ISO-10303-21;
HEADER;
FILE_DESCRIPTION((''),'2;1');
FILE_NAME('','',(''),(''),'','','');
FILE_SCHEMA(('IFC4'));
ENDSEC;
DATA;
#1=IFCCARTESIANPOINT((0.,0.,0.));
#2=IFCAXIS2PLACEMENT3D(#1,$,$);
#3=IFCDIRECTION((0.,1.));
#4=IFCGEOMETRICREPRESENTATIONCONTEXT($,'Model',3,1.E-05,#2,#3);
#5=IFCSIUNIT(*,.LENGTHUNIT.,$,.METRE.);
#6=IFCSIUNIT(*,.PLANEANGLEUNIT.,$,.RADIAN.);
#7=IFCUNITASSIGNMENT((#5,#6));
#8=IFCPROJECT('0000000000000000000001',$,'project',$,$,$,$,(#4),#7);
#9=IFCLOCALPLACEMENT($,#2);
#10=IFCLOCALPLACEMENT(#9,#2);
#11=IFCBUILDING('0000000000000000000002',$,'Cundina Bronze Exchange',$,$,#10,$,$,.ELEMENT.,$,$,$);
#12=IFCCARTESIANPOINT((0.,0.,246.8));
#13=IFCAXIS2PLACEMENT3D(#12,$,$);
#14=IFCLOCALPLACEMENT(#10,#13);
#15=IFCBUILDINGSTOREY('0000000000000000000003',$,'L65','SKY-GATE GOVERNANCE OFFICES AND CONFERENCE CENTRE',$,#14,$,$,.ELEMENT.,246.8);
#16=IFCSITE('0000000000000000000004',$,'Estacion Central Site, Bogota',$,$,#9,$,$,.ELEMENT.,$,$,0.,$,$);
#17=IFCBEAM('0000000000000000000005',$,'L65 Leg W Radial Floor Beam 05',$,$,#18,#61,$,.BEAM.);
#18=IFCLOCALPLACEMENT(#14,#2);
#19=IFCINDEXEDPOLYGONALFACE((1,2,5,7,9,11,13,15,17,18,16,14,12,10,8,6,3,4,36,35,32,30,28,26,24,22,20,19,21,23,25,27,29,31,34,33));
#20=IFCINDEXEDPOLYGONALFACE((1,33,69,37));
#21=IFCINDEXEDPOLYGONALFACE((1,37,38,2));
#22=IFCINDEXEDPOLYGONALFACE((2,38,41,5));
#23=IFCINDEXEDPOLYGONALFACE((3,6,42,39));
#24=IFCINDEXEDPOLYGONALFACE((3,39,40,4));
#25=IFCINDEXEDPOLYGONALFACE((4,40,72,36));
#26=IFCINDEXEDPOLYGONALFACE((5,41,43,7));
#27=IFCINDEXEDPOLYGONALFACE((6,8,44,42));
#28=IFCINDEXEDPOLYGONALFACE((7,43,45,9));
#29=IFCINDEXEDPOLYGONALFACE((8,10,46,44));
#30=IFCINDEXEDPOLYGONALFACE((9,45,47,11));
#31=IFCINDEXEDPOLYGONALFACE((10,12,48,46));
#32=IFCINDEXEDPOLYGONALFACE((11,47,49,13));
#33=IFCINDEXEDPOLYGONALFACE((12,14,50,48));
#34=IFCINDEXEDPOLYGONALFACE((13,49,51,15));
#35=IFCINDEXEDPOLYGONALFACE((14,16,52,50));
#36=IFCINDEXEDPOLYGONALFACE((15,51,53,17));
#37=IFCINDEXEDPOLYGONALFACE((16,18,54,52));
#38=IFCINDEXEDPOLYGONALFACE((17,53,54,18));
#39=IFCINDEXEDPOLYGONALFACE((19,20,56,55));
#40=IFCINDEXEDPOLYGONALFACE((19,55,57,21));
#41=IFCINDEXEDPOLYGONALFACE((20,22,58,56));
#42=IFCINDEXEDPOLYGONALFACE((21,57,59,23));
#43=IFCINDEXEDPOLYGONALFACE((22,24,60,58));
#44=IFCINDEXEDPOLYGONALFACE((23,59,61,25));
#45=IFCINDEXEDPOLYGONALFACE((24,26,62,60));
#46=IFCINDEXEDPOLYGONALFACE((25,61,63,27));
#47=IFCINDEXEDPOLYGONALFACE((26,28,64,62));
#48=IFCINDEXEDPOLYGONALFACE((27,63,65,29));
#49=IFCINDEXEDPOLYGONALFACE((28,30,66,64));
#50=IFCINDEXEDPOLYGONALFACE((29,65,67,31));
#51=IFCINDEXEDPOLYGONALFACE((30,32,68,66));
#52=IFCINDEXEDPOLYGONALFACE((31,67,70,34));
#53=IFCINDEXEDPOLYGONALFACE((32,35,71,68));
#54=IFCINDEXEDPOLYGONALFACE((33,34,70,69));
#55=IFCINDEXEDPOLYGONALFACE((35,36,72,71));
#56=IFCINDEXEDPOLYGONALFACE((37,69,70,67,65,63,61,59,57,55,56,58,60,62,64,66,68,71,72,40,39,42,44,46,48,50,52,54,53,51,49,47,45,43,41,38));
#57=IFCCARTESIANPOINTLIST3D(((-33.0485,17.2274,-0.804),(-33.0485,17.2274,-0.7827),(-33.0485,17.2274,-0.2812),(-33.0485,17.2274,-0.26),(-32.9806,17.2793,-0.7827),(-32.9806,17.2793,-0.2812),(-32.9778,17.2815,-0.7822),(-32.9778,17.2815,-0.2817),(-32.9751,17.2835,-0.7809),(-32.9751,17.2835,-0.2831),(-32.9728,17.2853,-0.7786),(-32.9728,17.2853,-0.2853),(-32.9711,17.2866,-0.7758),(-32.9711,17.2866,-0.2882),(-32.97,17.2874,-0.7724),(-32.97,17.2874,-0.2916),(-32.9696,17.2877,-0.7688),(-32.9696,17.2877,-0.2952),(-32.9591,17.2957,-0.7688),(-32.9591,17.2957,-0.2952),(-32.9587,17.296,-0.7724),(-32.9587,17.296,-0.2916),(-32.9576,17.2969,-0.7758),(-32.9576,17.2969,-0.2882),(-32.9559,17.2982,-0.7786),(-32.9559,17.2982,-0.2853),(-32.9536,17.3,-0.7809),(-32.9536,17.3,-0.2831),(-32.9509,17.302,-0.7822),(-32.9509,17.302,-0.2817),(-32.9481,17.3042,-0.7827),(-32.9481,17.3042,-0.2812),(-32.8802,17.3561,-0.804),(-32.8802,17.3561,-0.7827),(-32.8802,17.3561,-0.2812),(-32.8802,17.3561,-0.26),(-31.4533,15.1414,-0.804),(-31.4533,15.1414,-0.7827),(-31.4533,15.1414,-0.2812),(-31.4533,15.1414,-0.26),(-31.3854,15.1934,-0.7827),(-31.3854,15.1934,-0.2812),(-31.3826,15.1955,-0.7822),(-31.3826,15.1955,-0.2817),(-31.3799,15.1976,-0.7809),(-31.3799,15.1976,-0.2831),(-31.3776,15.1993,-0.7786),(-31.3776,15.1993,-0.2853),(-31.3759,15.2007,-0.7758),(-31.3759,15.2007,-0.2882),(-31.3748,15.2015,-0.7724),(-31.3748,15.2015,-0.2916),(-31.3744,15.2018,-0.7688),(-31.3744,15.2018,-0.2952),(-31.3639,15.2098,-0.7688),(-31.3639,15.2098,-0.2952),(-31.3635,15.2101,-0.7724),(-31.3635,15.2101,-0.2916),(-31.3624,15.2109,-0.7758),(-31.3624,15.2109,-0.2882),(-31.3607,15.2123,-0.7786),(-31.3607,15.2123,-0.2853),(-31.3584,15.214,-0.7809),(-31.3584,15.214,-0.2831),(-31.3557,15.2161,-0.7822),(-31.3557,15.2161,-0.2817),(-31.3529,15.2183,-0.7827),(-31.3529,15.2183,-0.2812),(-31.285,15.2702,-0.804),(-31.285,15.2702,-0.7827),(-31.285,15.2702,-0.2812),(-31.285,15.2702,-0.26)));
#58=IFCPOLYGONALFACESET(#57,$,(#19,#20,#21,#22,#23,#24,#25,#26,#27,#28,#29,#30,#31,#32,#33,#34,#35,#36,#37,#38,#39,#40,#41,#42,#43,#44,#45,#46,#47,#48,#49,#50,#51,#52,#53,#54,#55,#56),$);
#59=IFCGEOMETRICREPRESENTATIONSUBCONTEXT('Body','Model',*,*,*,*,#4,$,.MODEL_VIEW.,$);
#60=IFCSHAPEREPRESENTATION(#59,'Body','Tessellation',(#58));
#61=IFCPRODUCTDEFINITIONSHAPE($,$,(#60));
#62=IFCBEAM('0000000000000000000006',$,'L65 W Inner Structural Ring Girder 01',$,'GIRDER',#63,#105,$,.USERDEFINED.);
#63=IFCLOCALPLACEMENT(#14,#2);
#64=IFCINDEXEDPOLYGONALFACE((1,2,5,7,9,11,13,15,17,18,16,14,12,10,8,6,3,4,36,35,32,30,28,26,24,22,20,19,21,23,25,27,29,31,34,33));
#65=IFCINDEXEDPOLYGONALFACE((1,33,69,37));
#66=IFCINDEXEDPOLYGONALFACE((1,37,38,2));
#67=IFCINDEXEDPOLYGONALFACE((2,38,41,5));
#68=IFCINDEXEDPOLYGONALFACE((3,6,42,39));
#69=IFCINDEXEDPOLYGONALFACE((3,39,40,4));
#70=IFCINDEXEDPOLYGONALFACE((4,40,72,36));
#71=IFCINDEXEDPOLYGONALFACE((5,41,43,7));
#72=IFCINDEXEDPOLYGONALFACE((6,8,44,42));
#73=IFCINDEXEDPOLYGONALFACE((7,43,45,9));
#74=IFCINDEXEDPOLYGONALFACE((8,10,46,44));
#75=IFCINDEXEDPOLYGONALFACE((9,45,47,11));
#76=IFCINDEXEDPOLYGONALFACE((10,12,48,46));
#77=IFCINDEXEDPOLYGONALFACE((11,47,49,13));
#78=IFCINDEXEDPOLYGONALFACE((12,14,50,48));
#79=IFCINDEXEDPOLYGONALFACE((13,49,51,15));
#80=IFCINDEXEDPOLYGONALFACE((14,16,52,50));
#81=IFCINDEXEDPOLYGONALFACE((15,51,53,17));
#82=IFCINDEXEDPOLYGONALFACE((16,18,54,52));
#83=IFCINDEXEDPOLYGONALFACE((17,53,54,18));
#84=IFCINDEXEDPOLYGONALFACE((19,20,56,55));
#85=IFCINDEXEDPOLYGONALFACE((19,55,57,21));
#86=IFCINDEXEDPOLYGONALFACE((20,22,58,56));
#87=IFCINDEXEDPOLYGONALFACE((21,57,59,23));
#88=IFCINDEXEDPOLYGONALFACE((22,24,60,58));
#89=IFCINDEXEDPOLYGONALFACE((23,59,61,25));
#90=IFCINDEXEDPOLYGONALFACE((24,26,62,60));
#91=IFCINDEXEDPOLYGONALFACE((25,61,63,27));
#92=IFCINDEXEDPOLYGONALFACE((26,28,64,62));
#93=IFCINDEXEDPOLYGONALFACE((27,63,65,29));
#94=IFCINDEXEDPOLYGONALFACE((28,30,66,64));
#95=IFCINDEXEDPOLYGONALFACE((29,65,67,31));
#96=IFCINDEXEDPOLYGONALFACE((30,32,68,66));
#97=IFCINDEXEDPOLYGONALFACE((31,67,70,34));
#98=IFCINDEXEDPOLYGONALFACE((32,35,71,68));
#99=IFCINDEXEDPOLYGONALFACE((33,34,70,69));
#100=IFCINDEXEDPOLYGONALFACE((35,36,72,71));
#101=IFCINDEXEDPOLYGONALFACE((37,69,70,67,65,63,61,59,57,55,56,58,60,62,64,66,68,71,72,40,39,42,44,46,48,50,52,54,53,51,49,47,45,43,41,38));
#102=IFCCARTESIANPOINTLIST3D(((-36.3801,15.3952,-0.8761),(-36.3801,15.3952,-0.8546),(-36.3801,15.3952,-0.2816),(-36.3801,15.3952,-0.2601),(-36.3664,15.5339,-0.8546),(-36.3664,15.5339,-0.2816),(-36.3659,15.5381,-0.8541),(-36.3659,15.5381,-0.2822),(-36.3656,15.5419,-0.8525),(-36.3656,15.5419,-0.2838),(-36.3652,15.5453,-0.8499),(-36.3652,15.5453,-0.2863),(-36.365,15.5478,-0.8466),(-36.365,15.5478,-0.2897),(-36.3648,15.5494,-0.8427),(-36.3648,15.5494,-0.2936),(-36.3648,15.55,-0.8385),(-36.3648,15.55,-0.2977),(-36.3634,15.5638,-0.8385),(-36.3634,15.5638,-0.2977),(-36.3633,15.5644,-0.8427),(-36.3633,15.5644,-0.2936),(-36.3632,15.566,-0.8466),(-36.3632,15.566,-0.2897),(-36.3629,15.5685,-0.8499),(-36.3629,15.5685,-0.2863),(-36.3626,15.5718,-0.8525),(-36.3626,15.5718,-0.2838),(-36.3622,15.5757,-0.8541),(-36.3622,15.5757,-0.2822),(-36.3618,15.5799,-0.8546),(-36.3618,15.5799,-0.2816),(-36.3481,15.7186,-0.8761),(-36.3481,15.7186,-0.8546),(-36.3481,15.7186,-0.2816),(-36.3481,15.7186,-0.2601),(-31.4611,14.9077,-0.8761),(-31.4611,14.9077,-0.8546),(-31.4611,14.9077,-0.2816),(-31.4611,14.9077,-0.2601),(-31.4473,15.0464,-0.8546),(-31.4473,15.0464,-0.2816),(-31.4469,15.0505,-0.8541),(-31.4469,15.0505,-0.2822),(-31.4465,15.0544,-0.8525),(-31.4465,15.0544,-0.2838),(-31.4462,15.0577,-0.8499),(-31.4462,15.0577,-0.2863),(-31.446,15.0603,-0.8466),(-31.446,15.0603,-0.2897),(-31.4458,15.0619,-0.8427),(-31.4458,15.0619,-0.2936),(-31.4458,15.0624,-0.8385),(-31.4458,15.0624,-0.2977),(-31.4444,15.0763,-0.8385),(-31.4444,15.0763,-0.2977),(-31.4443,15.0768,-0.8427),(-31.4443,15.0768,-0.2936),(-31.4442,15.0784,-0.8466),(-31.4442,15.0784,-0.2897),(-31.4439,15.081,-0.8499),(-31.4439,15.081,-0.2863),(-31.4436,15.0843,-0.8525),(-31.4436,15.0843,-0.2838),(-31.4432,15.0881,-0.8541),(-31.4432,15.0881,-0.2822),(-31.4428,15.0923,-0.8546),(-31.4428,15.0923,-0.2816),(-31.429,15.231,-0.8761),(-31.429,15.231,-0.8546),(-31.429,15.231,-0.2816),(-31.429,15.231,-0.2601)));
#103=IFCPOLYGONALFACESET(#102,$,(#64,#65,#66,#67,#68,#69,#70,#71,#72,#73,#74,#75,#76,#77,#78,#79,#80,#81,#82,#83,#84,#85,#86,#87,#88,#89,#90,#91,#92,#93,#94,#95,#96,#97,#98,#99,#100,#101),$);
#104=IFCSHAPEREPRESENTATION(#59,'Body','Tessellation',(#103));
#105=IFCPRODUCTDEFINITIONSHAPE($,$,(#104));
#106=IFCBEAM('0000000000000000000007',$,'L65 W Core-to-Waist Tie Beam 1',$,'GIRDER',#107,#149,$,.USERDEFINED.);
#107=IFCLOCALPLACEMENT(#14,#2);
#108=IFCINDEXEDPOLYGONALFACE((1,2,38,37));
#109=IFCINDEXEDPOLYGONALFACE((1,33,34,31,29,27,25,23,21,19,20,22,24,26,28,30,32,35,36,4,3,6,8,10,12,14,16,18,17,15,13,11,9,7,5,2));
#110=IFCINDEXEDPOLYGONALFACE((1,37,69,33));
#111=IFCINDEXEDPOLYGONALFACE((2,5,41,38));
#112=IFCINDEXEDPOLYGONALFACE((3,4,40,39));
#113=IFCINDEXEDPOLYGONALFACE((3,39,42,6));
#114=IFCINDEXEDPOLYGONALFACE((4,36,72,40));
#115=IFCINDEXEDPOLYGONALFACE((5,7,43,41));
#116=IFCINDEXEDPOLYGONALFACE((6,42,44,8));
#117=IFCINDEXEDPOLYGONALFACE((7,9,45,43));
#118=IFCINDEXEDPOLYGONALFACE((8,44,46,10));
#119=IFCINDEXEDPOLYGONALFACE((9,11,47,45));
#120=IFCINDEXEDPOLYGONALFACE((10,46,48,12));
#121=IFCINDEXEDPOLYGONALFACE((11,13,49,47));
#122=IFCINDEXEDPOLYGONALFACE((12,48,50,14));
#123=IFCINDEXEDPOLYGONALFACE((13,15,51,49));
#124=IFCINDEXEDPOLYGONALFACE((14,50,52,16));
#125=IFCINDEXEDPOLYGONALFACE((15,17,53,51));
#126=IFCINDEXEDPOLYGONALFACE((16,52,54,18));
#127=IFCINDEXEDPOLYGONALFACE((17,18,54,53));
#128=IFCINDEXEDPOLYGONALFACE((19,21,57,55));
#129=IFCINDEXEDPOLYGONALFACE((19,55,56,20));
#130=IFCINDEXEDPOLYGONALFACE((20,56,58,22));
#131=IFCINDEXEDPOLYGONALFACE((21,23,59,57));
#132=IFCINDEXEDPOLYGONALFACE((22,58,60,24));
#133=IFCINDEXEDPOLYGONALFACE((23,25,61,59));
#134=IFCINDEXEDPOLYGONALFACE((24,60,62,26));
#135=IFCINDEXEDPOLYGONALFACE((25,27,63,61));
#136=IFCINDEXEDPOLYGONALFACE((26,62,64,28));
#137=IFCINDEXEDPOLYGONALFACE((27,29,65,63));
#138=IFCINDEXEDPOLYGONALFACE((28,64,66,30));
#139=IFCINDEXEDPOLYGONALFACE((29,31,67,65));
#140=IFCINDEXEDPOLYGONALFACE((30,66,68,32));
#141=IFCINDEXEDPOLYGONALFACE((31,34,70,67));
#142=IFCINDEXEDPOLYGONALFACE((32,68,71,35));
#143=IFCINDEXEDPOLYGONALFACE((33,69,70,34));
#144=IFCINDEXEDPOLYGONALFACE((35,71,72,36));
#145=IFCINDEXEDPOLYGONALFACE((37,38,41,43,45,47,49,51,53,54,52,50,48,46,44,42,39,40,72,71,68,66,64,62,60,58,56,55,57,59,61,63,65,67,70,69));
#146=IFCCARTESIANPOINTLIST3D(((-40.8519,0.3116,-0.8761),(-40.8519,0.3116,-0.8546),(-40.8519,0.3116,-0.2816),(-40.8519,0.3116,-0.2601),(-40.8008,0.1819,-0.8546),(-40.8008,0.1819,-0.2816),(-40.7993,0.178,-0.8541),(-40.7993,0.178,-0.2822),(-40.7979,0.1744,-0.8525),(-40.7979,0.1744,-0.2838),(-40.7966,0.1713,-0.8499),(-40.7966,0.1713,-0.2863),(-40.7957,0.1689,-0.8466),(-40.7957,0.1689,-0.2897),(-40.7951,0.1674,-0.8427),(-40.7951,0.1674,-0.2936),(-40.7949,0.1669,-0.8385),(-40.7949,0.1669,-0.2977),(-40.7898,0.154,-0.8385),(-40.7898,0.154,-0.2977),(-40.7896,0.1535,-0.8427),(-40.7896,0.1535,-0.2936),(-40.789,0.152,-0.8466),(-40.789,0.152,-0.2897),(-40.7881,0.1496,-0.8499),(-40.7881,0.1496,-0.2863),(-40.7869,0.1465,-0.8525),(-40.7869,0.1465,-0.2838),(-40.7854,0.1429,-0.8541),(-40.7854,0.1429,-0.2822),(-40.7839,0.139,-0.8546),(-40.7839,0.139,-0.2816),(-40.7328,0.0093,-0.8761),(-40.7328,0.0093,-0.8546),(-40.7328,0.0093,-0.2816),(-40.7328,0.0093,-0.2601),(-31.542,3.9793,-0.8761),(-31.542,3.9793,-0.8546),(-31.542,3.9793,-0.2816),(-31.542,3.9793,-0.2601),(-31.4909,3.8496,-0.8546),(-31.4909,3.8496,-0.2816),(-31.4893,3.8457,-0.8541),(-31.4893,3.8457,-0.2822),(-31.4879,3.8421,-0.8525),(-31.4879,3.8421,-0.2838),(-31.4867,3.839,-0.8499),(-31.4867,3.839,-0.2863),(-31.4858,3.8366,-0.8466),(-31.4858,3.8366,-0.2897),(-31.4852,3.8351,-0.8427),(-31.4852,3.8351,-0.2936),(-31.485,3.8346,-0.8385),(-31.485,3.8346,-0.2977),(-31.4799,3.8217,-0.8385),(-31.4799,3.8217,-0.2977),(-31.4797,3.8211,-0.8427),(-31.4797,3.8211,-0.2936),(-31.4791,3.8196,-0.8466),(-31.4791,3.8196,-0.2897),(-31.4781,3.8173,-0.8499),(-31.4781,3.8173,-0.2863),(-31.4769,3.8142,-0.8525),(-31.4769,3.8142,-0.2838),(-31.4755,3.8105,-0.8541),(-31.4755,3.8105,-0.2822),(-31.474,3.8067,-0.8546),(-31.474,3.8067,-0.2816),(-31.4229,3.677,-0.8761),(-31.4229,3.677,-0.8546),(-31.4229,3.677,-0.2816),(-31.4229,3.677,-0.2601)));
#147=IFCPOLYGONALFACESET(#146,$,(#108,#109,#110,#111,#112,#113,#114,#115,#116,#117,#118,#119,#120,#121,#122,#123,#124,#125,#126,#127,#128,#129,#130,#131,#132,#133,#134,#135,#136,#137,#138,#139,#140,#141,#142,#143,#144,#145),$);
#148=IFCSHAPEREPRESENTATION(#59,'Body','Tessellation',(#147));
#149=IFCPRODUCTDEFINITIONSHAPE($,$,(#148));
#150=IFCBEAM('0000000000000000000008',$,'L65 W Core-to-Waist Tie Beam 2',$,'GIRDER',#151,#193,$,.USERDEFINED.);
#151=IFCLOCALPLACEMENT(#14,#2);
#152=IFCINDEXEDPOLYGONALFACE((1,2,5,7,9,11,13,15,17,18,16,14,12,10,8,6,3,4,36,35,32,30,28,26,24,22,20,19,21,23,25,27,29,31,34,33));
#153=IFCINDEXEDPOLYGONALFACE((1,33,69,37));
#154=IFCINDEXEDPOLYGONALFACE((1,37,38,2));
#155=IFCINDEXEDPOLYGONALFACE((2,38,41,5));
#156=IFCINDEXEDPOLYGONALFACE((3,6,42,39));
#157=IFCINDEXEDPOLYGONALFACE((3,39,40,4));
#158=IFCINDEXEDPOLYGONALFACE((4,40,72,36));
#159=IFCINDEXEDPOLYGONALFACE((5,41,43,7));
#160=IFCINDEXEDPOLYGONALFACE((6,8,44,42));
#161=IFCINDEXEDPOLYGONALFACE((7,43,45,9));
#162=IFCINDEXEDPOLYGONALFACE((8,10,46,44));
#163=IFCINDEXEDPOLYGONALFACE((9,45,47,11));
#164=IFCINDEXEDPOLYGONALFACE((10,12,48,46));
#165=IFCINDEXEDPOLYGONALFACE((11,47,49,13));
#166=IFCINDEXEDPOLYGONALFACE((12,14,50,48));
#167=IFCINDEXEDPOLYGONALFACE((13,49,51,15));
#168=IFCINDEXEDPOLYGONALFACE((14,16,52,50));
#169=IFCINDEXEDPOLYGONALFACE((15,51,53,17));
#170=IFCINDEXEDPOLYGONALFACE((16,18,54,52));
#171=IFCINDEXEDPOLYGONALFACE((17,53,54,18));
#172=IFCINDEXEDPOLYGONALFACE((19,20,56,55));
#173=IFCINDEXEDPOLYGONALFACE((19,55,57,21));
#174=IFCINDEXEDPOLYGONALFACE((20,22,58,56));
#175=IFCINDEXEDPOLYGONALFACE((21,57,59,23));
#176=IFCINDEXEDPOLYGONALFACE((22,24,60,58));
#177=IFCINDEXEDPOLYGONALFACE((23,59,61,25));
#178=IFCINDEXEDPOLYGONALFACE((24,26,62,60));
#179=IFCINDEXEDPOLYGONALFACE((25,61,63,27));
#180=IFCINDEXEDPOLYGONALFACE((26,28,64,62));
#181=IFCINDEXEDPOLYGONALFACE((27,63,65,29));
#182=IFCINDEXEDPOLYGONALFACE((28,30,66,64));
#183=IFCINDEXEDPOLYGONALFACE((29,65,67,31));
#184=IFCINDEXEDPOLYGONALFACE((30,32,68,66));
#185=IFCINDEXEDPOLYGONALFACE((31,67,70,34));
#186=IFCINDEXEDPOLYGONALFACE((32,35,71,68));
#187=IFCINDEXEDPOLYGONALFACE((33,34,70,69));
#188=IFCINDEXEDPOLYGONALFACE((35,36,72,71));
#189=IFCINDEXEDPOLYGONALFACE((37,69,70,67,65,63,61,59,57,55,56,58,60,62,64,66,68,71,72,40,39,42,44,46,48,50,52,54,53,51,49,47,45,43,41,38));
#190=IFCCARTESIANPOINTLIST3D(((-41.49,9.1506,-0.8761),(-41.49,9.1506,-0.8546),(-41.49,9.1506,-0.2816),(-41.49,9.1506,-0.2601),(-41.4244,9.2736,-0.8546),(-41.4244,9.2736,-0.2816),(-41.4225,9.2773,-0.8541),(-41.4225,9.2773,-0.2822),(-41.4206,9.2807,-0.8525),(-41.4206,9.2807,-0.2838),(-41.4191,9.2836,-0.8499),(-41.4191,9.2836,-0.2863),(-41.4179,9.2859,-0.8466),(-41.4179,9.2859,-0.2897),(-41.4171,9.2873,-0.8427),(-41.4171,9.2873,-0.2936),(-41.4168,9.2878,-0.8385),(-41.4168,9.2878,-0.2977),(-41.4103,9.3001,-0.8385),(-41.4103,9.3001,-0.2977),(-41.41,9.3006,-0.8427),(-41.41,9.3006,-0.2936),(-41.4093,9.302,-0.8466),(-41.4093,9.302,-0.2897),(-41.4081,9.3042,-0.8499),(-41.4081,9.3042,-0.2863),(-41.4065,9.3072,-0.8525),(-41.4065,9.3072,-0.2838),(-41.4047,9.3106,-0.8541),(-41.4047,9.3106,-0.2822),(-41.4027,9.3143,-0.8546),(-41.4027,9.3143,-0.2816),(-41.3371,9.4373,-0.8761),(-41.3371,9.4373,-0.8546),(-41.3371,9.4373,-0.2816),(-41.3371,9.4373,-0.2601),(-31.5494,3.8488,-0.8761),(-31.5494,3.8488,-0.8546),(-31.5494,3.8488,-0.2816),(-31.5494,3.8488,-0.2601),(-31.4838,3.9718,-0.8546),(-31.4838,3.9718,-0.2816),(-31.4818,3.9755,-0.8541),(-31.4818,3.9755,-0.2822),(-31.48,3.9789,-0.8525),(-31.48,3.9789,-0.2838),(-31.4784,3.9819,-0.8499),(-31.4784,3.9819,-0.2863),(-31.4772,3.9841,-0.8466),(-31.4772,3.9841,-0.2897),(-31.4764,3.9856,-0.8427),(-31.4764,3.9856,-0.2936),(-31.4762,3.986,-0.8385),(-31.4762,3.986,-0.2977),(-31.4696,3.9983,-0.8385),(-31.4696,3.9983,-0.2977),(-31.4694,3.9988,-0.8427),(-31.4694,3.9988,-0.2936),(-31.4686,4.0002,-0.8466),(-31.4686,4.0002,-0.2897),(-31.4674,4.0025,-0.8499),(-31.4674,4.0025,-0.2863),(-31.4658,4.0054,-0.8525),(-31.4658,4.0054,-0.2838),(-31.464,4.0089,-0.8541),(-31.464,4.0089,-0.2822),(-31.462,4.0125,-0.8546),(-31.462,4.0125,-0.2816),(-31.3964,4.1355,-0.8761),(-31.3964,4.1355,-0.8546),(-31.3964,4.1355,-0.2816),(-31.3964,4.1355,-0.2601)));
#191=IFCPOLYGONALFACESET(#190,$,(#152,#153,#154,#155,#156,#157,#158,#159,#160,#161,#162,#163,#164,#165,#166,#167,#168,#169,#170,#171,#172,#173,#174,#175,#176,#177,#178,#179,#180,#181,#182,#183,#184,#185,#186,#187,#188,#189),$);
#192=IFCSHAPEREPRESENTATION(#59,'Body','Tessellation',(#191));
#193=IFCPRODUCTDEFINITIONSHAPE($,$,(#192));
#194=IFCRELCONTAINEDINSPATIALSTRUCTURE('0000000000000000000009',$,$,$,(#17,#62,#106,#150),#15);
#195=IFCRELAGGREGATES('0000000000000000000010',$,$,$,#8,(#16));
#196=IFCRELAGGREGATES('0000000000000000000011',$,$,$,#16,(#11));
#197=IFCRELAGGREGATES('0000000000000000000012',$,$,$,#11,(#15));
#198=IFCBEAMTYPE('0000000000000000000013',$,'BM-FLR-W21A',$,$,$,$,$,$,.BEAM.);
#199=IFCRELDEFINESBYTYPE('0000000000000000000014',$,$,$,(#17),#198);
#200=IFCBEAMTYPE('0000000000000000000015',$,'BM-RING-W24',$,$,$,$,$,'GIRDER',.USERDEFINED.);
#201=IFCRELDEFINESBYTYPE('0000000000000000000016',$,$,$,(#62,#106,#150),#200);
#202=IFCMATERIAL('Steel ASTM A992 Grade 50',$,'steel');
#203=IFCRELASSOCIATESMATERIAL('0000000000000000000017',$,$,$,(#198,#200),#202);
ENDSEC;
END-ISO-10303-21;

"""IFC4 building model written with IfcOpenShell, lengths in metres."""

from ifc_helpers import new_model, si_unit, direction, frame, origin, origin_2d, place, context, subcontext, project, spatial, i_section, extrude, material, material_profile, profile_set, type_object, element, save


model = new_model("IFC4")

# Units and contexts
model_context = context("Model", 3, precision=1e-05, world=origin(), true_north=direction((0.0, 1.0)))
body_context = subcontext(model_context, "Body", "Model", "MODEL_VIEW")
ifc_project = project(units=[si_unit("LENGTHUNIT", "METRE"), si_unit("PLANEANGLEUNIT", "RADIAN")], contexts=[model_context])

# Site, building, storey
site_placement = place(None, origin())
site = spatial("IfcSite", under=ifc_project, at=site_placement, Name="Estacion Central Site, Bogota", CompositionType="ELEMENT", RefElevation=0.0)
building_placement = place(site_placement, origin())
building = spatial("IfcBuilding", under=site, at=building_placement, Name="Cundina Bronze Exchange", CompositionType="ELEMENT")
storey_placement = place(building_placement, frame((0.0, 0.0, 246.8)))
storey = spatial("IfcBuildingStorey", under=building, at=storey_placement, Name="L65", Description="SKY-GATE GOVERNANCE OFFICES AND CONFERENCE CENTRE", CompositionType="ELEMENT", Elevation=246.8)

# Shared definitions
ifc_material_1 = material(Name="Steel ASTM A992 Grade 50", Category="steel")

# Beams
ifc_material_profile_1 = material_profile(ifc_material_1, i_section(OverallWidth=0.2119, OverallDepth=0.5439, WebThickness=0.0132, FlangeThickness=0.0212, FilletRadius=0.0139, at=origin_2d()), Name="W21X83", Category="steel")
ifc_profile_set_1 = profile_set([ifc_material_profile_1], Name="Steel ASTM A992 Grade 50")
beam_type_1 = type_object("IfcBeamType", Name="BM-FLR-W21A", PredefinedType="BEAM", material=ifc_profile_set_1)
beam_1_placement = place(storey_placement, frame((-31.3691, 15.2058, -0.532), z_axis=(-0.607471, 0.794342, 0.0), x_axis=(-0.794342, -0.607471, 0.0)))
element("IfcBeam", 1, at=beam_1_placement, inside=storey, type_object=beam_type_1, Name="L65 Leg W Radial Floor Beam 05", PredefinedType="BEAM", context=body_context, shape_type="SweptSolid", body=[
    extrude(i_section(OverallWidth=0.2119, OverallDepth=0.5439, WebThickness=0.0132, FlangeThickness=0.0212, FilletRadius=0.0139, at=origin_2d()), origin(), (0.0, 0.0, 1.0), 2.626),
])
ifc_material_profile_2 = material_profile(ifc_material_1, i_section(OverallWidth=0.325, OverallDepth=0.616, WebThickness=0.0139, FlangeThickness=0.0215, FilletRadius=0.0161, at=origin_2d()), Name="W24X117", Category="steel")
ifc_profile_set_2 = profile_set([ifc_material_profile_2], Name="Steel ASTM A992 Grade 50")
beam_type_2 = type_object("IfcBeamType", Name="BM-RING-W24", ElementType="GIRDER", PredefinedType="USERDEFINED", material=ifc_profile_set_2)
beam_2_placement = place(storey_placement, frame((-31.4451, 15.0693, -0.5681), z_axis=(-0.995124, 0.098633, 0.0), x_axis=(-0.098633, -0.995124, 0.0)))
element("IfcBeam", 2, at=beam_2_placement, inside=storey, type_object=beam_type_2, Name="L65 W Inner Structural Ring Girder 01", ObjectType="GIRDER", PredefinedType="USERDEFINED", context=body_context, shape_type="SweptSolid", body=[
    extrude(i_section(OverallWidth=0.325, OverallDepth=0.616, WebThickness=0.0139, FlangeThickness=0.0215, FilletRadius=0.0161, at=origin_2d()), origin(), (0.0, 0.0, 1.0), 4.9431),
])
beam_3_placement = place(storey_placement, frame((-31.4824, 3.8281, -0.5681), z_axis=(-0.930404, -0.366535, 0.0), x_axis=(0.366535, -0.930404, 0.0)))
element("IfcBeam", 3, at=beam_3_placement, inside=storey, type_object=beam_type_2, Name="L65 W Core-to-Waist Tie Beam 1", ObjectType="GIRDER", PredefinedType="USERDEFINED", context=body_context, shape_type="SweptSolid", body=[
    extrude(i_section(OverallWidth=0.325, OverallDepth=0.616, WebThickness=0.0139, FlangeThickness=0.0215, FilletRadius=0.0161, at=origin_2d()), origin(), (0.0, 0.0, 1.0), 10.0063),
])
beam_4_placement = place(storey_placement, frame((-31.4729, 3.9922, -0.5681), z_axis=(-0.882351, 0.470593, 0.0), x_axis=(-0.470593, -0.882351, 0.0)))
element("IfcBeam", 4, at=beam_4_placement, inside=storey, type_object=beam_type_2, Name="L65 W Core-to-Waist Tie Beam 2", ObjectType="GIRDER", PredefinedType="USERDEFINED", context=body_context, shape_type="SweptSolid", body=[
    extrude(i_section(OverallWidth=0.325, OverallDepth=0.616, WebThickness=0.0139, FlangeThickness=0.0215, FilletRadius=0.0161, at=origin_2d()), origin(), (0.0, 0.0, 1.0), 11.2661),
])

save(model, "model.ifc")
